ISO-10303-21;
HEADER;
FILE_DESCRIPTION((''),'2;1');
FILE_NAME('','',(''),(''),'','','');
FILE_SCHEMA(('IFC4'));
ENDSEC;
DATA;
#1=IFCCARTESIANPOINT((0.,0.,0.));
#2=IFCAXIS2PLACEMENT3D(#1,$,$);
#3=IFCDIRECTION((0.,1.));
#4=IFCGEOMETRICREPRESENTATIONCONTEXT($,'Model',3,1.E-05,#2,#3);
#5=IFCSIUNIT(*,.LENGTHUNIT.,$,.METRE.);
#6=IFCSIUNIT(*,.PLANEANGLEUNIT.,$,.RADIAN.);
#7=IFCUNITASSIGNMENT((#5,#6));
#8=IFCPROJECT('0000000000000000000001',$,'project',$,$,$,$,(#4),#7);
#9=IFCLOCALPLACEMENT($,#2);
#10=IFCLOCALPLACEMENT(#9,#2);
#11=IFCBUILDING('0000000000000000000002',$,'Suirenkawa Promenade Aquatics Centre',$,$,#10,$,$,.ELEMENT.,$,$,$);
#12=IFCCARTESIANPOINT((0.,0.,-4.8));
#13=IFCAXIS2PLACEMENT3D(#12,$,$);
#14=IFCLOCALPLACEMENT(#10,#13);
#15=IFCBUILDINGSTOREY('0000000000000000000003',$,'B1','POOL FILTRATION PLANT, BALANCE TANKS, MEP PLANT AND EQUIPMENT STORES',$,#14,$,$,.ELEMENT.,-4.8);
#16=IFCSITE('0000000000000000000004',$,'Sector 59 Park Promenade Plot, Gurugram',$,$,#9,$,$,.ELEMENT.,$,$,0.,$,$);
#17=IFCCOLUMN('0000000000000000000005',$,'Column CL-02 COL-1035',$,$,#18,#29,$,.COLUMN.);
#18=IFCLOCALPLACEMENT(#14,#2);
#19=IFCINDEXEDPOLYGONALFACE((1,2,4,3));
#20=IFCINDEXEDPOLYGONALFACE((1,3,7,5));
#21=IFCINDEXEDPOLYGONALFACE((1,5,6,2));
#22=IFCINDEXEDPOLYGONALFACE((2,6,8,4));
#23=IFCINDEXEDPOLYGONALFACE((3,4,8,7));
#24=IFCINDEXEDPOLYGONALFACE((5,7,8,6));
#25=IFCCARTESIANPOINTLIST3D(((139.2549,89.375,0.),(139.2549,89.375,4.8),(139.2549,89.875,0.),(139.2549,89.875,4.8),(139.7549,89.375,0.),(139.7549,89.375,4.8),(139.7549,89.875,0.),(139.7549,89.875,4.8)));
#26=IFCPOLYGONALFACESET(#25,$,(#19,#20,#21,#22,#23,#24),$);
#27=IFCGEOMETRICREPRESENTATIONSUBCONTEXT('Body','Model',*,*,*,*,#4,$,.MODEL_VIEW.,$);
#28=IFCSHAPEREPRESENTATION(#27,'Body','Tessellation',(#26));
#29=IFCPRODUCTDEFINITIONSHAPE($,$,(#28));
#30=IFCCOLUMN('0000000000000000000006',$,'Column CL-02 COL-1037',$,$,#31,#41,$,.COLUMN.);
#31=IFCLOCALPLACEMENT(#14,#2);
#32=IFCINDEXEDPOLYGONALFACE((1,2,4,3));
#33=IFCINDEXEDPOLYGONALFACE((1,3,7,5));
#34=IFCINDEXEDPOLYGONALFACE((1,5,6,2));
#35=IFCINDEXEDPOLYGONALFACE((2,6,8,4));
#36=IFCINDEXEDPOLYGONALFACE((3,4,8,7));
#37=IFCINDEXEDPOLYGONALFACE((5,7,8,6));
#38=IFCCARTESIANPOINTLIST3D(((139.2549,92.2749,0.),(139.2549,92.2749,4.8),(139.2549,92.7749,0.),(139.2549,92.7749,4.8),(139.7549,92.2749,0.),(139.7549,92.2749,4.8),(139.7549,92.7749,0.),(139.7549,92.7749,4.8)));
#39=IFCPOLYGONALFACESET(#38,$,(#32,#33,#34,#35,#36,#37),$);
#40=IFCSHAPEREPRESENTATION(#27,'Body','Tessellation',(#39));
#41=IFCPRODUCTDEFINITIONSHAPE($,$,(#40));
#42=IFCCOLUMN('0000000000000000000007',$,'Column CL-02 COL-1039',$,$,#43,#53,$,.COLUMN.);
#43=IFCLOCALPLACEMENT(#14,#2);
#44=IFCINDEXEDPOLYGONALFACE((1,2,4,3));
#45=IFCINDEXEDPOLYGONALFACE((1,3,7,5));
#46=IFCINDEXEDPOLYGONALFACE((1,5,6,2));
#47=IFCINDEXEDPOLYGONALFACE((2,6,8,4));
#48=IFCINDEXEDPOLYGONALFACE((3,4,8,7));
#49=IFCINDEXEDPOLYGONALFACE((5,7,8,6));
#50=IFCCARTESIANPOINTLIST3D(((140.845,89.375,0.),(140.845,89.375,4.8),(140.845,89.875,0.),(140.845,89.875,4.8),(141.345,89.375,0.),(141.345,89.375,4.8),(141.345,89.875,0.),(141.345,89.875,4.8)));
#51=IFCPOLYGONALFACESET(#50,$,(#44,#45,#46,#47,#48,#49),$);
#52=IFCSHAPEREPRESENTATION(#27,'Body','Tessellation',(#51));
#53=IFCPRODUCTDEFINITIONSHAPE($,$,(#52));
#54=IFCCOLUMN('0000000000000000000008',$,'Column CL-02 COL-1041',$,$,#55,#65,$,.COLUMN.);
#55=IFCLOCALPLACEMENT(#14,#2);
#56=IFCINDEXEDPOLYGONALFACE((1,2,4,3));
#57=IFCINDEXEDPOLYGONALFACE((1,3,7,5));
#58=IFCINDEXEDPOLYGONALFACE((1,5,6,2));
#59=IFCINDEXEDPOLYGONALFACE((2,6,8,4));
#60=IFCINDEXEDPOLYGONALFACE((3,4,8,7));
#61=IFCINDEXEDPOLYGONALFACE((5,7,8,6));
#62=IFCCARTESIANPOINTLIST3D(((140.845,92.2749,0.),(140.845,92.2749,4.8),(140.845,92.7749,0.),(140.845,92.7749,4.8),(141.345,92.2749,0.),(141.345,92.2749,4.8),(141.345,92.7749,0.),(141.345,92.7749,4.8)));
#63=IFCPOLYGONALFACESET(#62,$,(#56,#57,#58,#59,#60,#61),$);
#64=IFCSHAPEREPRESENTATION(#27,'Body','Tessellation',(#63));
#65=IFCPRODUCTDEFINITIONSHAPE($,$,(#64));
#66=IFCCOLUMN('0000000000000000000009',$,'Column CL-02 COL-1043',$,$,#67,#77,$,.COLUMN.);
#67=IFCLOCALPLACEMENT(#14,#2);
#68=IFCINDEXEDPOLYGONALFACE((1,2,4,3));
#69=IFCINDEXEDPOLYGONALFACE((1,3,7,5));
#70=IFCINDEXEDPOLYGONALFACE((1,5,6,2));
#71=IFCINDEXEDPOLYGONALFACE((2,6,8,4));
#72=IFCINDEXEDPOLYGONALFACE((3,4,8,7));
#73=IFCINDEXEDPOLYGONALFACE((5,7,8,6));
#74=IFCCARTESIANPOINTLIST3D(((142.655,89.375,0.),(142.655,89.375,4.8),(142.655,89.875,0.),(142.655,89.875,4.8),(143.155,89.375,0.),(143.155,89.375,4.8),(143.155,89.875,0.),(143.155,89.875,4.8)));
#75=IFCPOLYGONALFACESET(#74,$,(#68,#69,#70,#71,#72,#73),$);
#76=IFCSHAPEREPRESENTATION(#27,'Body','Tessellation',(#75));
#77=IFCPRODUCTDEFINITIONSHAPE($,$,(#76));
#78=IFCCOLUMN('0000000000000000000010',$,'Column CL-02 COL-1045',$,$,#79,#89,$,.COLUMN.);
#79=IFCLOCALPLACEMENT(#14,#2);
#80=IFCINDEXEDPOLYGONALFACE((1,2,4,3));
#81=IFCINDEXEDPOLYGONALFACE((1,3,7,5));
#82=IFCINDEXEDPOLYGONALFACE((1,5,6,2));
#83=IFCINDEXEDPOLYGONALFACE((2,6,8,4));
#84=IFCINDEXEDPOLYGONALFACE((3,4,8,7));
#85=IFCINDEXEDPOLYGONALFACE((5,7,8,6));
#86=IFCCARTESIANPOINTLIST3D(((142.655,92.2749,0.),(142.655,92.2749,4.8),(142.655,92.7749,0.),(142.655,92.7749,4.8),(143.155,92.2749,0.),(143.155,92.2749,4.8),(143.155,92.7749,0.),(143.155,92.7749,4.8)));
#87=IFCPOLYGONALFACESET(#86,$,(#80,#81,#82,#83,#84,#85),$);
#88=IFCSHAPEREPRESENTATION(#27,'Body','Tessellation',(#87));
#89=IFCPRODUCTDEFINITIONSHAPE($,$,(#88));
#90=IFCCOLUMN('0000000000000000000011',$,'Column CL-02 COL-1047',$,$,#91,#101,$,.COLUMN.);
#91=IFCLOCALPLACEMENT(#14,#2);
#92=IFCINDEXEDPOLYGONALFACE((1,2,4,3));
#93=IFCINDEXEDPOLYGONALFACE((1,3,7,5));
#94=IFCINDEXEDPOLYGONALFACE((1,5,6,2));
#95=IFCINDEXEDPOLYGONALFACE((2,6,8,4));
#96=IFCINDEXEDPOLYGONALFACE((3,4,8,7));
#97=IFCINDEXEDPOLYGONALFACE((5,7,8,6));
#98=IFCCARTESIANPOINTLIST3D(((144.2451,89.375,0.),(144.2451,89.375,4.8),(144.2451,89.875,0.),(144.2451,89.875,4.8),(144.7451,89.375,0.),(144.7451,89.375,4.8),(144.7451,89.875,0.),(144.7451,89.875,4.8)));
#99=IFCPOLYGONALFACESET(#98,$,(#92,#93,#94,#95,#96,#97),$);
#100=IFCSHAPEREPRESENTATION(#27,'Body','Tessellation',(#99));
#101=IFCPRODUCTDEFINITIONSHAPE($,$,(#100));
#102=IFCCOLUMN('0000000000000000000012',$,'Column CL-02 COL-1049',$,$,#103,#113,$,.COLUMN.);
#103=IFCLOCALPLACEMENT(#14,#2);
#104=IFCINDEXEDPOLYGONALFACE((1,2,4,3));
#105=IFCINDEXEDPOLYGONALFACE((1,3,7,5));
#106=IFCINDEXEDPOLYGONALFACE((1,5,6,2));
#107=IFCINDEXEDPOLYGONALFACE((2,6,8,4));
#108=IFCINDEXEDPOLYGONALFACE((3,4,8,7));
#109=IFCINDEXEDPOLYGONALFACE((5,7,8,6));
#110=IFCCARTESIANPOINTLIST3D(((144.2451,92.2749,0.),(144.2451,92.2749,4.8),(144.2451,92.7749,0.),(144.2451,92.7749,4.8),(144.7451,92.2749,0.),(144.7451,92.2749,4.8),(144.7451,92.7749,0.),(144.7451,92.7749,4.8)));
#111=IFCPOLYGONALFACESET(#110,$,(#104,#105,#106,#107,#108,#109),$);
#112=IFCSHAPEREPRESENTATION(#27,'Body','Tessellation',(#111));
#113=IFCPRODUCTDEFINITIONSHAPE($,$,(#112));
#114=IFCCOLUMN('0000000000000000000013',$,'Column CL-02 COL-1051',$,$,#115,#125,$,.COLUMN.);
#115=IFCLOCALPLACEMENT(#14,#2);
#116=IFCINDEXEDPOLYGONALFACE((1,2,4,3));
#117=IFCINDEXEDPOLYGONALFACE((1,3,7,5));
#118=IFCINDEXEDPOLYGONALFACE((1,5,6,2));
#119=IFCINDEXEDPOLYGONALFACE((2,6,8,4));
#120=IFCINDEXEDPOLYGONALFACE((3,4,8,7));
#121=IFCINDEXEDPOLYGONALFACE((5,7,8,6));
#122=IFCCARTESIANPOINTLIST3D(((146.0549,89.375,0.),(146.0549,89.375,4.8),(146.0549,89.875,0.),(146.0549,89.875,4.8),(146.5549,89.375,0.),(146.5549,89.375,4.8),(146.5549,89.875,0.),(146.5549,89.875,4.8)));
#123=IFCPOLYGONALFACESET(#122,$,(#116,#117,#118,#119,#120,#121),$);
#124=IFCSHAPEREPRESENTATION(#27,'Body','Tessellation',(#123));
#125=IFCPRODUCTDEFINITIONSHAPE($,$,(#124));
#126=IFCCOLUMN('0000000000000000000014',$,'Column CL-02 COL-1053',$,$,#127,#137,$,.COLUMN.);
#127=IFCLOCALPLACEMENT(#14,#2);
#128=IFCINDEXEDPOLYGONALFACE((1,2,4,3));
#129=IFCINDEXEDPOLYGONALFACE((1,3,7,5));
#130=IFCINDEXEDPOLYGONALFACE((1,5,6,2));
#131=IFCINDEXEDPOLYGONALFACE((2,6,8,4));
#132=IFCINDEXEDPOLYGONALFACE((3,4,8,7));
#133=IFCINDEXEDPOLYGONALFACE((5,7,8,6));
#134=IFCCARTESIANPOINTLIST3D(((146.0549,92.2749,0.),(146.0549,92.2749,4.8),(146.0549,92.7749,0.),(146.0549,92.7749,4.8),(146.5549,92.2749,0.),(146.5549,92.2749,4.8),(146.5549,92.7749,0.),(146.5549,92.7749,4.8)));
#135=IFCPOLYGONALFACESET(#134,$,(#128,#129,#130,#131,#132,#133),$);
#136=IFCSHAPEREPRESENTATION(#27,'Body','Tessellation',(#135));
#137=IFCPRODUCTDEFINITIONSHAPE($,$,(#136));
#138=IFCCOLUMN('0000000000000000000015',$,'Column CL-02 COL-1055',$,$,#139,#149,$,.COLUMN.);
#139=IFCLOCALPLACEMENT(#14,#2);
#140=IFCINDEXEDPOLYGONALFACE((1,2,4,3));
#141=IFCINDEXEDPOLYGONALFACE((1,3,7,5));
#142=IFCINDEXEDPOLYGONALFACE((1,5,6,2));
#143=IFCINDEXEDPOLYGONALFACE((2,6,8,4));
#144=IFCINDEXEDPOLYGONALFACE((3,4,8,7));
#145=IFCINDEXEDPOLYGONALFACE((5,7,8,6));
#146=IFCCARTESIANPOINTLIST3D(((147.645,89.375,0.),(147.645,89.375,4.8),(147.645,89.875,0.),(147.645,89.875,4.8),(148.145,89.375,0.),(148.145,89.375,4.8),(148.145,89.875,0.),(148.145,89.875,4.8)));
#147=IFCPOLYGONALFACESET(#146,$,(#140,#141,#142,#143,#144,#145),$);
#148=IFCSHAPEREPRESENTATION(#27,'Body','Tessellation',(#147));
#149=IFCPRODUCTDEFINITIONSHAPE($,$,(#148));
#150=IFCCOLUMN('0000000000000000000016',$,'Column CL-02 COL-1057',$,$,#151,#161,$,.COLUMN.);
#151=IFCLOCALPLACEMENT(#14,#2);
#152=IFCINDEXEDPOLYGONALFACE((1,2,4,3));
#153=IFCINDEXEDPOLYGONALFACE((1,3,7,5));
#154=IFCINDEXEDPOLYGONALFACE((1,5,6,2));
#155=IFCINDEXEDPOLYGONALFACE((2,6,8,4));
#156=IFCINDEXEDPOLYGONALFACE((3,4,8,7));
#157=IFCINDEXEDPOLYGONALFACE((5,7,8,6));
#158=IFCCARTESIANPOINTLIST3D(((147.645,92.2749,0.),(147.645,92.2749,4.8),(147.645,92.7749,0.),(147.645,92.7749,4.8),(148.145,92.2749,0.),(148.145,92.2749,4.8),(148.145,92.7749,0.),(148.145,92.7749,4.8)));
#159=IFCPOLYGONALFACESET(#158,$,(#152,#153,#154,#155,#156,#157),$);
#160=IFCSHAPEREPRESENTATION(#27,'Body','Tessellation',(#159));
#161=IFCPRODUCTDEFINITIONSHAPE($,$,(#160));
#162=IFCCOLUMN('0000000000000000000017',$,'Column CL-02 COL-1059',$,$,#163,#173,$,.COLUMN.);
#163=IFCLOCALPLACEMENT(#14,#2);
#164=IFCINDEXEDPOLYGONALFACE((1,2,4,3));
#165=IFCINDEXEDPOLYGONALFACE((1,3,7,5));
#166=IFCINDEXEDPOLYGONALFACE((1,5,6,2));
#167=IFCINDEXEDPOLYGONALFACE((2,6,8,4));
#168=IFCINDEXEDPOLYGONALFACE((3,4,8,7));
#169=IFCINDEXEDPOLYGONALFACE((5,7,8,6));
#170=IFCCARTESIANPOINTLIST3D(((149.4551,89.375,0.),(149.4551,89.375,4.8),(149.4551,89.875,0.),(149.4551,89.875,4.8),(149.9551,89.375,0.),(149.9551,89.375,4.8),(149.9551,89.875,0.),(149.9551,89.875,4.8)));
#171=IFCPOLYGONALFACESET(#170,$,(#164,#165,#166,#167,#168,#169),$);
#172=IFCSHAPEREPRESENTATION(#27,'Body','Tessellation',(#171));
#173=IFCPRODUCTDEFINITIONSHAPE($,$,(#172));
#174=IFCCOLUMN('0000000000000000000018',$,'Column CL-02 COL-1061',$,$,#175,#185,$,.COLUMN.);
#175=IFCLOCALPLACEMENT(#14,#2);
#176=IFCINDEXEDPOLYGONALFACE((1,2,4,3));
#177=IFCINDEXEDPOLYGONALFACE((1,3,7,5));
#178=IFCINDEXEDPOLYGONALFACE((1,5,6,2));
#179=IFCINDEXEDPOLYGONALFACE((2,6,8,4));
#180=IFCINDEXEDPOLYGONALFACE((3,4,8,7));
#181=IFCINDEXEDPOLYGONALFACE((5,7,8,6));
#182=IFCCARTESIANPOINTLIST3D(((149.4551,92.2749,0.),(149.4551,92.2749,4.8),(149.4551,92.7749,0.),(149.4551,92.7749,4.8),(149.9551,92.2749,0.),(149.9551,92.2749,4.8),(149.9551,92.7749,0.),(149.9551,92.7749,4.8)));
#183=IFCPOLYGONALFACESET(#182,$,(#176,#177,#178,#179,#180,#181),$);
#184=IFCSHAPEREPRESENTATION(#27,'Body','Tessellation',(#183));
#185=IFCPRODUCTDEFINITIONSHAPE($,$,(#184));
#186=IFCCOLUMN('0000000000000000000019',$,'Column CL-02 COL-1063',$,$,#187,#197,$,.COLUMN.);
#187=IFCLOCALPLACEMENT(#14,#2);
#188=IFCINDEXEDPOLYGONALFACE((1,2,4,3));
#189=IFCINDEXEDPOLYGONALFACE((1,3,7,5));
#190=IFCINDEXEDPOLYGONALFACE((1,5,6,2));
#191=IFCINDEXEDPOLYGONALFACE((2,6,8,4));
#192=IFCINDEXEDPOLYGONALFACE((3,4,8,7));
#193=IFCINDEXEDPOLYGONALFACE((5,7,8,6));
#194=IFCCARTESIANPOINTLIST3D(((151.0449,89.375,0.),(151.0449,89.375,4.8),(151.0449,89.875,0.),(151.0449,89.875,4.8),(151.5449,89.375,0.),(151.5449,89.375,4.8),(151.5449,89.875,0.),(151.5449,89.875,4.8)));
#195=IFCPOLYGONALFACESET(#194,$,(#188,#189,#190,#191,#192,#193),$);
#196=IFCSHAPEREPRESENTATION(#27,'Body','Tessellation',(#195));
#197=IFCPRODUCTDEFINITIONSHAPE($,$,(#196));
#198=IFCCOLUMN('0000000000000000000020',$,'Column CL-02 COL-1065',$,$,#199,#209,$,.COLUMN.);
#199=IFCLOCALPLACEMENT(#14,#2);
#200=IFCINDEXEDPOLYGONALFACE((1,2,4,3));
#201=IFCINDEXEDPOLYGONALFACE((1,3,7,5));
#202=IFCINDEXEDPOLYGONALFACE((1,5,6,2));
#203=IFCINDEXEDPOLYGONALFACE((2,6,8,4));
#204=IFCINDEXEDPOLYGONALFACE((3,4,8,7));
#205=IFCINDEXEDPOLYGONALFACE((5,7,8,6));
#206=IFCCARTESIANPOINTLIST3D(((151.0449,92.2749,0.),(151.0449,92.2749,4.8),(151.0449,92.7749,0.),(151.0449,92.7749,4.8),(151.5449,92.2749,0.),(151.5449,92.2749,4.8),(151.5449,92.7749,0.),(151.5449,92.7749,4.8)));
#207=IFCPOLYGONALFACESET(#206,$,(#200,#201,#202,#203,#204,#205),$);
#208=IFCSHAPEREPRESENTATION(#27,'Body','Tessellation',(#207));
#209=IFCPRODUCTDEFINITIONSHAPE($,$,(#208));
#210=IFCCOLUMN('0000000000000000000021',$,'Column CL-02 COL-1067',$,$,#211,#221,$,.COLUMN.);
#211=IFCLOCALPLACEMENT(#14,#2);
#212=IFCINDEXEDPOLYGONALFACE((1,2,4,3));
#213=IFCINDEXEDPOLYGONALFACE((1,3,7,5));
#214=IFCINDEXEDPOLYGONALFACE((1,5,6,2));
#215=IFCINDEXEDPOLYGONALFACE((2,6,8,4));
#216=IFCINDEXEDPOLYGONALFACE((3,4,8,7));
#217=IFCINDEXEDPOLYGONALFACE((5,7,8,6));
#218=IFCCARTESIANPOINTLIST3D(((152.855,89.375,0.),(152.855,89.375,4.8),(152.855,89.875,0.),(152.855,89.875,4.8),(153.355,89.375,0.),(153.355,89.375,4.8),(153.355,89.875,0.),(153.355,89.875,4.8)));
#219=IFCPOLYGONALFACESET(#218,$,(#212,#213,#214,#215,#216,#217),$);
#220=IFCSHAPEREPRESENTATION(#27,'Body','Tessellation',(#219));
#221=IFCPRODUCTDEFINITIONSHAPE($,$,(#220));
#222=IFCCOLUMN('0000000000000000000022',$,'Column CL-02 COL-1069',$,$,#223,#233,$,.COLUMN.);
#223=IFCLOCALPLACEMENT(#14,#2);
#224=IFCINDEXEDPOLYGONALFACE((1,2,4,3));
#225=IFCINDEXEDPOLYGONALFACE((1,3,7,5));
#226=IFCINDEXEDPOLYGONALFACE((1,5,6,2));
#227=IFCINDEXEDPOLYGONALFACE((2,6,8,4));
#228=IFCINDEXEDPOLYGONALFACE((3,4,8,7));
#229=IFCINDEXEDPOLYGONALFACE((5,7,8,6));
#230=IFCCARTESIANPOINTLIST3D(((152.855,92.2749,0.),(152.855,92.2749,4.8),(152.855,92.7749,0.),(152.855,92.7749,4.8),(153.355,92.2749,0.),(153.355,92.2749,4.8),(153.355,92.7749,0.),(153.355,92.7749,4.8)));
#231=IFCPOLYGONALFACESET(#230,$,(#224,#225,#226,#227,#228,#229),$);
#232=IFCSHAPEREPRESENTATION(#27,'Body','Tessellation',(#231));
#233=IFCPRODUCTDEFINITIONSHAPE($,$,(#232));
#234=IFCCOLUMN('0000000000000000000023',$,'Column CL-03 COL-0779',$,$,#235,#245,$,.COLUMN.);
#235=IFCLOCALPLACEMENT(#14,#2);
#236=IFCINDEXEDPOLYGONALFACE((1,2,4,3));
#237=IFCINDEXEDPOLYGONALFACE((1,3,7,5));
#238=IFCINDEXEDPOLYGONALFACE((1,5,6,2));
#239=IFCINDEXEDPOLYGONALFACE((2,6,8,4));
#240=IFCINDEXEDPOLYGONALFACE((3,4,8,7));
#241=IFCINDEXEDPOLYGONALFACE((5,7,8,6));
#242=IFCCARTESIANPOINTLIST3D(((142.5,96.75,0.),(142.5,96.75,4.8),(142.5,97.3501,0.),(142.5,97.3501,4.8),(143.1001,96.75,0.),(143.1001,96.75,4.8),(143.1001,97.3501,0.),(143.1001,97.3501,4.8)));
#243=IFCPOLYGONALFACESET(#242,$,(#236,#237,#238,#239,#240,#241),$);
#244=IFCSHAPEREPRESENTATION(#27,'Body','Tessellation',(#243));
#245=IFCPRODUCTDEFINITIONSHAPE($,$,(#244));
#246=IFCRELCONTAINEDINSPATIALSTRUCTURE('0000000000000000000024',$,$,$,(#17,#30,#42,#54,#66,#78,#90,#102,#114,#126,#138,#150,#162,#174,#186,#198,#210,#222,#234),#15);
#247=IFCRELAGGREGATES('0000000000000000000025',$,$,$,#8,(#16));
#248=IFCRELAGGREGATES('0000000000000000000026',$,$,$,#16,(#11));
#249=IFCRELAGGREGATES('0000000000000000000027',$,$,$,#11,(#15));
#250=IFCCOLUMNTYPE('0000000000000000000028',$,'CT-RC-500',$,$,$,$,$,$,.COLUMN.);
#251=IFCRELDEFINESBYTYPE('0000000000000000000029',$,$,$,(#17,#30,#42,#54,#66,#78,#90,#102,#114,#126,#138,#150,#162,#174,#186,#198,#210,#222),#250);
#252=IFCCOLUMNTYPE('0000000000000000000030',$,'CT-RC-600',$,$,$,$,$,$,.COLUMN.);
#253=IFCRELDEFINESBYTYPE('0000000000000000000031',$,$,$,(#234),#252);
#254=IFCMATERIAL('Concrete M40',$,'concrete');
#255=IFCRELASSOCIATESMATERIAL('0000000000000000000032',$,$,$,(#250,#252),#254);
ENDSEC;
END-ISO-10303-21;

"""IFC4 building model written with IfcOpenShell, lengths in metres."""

from ifc_helpers import new_model, si_unit, direction, frame, origin, origin_2d, place, context, subcontext, project, spatial, rectangle, extrude, material, material_profile, profile_set, type_object, element, save


model = new_model("IFC4")

# Units and contexts
model_context = context("Model", 3, precision=1e-05, world=origin(), true_north=direction((0.0, 1.0)))
body_context = subcontext(model_context, "Body", "Model", "MODEL_VIEW")
ifc_project = project(units=[si_unit("LENGTHUNIT", "METRE"), si_unit("PLANEANGLEUNIT", "RADIAN")], contexts=[model_context])

# Site, building, storey
site_placement = place(None, origin())
site = spatial("IfcSite", under=ifc_project, at=site_placement, Name="Sector 59 Park Promenade Plot, Gurugram", CompositionType="ELEMENT", RefElevation=0.0)
building_placement = place(site_placement, origin())
building = spatial("IfcBuilding", under=site, at=building_placement, Name="Suirenkawa Promenade Aquatics Centre", CompositionType="ELEMENT")
storey_placement = place(building_placement, frame((0.0, 0.0, -4.8)))
storey = spatial("IfcBuildingStorey", under=building, at=storey_placement, Name="B1", Description="POOL FILTRATION PLANT, BALANCE TANKS, MEP PLANT AND EQUIPMENT STORES", CompositionType="ELEMENT", Elevation=-4.8)

# Columns
ifc_material_1 = material(Name="Concrete M40", Category="concrete")
ifc_material_profile_1 = material_profile(ifc_material_1, rectangle(XDim=0.5, YDim=0.5, at=origin_2d()), Name="RC COL 500x500", Category="concrete")
ifc_profile_set_1 = profile_set([ifc_material_profile_1], Name="Concrete M40")
column_type_1 = type_object("IfcColumnType", Name="CT-RC-500", PredefinedType="COLUMN", material=ifc_profile_set_1)
for number, where, z_axis, x_axis, name in (
    (1, (139.5049, 89.625, 0.0), (0.0, 0.0, 1.0), (1.0, 0.0, 0.0), "Column CL-02 COL-1035"),
    (2, (139.5049, 92.5249, 0.0), (0.0, 0.0, 1.0), (1.0, 0.0, 0.0), "Column CL-02 COL-1037"),
    (3, (141.095, 89.625, 0.0), (0.0, 0.0, 1.0), (1.0, 0.0, 0.0), "Column CL-02 COL-1039"),
    (4, (141.095, 92.5249, 0.0), (0.0, 0.0, 1.0), (1.0, 0.0, 0.0), "Column CL-02 COL-1041"),
    (5, (142.905, 89.625, 0.0), (0.0, 0.0, 1.0), (1.0, 0.0, 0.0), "Column CL-02 COL-1043"),
    (6, (142.905, 92.5249, 0.0), (0.0, 0.0, 1.0), (1.0, 0.0, 0.0), "Column CL-02 COL-1045"),
    (7, (144.4951, 89.625, 0.0), (0.0, 0.0, 1.0), (1.0, 0.0, 0.0), "Column CL-02 COL-1047"),
    (8, (144.4951, 92.5249, 0.0), (0.0, 0.0, 1.0), (1.0, 0.0, 0.0), "Column CL-02 COL-1049"),
    (9, (146.3049, 89.625, 0.0), (0.0, 0.0, 1.0), (1.0, 0.0, 0.0), "Column CL-02 COL-1051"),
    (10, (146.3049, 92.5249, 0.0), (0.0, 0.0, 1.0), (1.0, 0.0, 0.0), "Column CL-02 COL-1053"),
    (11, (147.895, 89.625, 0.0), (0.0, 0.0, 1.0), (1.0, 0.0, 0.0), "Column CL-02 COL-1055"),
    (12, (147.895, 92.5249, 0.0), (0.0, 0.0, 1.0), (1.0, 0.0, 0.0), "Column CL-02 COL-1057"),
    (13, (149.7051, 89.625, 0.0), (0.0, 0.0, 1.0), (1.0, 0.0, 0.0), "Column CL-02 COL-1059"),
    (14, (149.7051, 92.5249, 0.0), (0.0, 0.0, 1.0), (1.0, 0.0, 0.0), "Column CL-02 COL-1061"),
    (15, (151.2949, 89.625, 0.0), (0.0, 0.0, 1.0), (1.0, 0.0, 0.0), "Column CL-02 COL-1063"),
    (16, (151.2949, 92.5249, 0.0), (0.0, 0.0, 1.0), (1.0, 0.0, 0.0), "Column CL-02 COL-1065"),
    (17, (153.105, 89.625, 0.0), (0.0, 0.0, 1.0), (1.0, 0.0, 0.0), "Column CL-02 COL-1067"),
    (18, (153.105, 92.5249, 0.0), (0.0, 0.0, 1.0), (1.0, 0.0, 0.0), "Column CL-02 COL-1069"),
):
    element("IfcColumn", number, at=place(storey_placement, frame(where, z_axis=z_axis, x_axis=x_axis)), inside=storey, type_object=column_type_1, Name=name, PredefinedType="COLUMN", context=body_context, shape_type="SweptSolid", body=[
        extrude(rectangle(XDim=0.5, YDim=0.5, at=origin_2d()), origin(), (0.0, 0.0, 1.0), 4.8),
    ])
ifc_material_profile_2 = material_profile(ifc_material_1, rectangle(XDim=0.6001, YDim=0.6001, at=origin_2d()), Name="RC COL 600x600", Category="concrete")
ifc_profile_set_2 = profile_set([ifc_material_profile_2], Name="Concrete M40")
column_type_2 = type_object("IfcColumnType", Name="CT-RC-600", PredefinedType="COLUMN", material=ifc_profile_set_2)
column_1_placement = place(storey_placement, frame((142.8, 97.05, 0.0), z_axis=(0.0, 0.0, 1.0), x_axis=(1.0, 0.0, 0.0)))
element("IfcColumn", 19, at=column_1_placement, inside=storey, type_object=column_type_2, Name="Column CL-03 COL-0779", PredefinedType="COLUMN", context=body_context, shape_type="SweptSolid", body=[
    extrude(rectangle(XDim=0.6001, YDim=0.6001, at=origin_2d()), origin(), (0.0, 0.0, 1.0), 4.8),
])

save(model, "model.ifc")
